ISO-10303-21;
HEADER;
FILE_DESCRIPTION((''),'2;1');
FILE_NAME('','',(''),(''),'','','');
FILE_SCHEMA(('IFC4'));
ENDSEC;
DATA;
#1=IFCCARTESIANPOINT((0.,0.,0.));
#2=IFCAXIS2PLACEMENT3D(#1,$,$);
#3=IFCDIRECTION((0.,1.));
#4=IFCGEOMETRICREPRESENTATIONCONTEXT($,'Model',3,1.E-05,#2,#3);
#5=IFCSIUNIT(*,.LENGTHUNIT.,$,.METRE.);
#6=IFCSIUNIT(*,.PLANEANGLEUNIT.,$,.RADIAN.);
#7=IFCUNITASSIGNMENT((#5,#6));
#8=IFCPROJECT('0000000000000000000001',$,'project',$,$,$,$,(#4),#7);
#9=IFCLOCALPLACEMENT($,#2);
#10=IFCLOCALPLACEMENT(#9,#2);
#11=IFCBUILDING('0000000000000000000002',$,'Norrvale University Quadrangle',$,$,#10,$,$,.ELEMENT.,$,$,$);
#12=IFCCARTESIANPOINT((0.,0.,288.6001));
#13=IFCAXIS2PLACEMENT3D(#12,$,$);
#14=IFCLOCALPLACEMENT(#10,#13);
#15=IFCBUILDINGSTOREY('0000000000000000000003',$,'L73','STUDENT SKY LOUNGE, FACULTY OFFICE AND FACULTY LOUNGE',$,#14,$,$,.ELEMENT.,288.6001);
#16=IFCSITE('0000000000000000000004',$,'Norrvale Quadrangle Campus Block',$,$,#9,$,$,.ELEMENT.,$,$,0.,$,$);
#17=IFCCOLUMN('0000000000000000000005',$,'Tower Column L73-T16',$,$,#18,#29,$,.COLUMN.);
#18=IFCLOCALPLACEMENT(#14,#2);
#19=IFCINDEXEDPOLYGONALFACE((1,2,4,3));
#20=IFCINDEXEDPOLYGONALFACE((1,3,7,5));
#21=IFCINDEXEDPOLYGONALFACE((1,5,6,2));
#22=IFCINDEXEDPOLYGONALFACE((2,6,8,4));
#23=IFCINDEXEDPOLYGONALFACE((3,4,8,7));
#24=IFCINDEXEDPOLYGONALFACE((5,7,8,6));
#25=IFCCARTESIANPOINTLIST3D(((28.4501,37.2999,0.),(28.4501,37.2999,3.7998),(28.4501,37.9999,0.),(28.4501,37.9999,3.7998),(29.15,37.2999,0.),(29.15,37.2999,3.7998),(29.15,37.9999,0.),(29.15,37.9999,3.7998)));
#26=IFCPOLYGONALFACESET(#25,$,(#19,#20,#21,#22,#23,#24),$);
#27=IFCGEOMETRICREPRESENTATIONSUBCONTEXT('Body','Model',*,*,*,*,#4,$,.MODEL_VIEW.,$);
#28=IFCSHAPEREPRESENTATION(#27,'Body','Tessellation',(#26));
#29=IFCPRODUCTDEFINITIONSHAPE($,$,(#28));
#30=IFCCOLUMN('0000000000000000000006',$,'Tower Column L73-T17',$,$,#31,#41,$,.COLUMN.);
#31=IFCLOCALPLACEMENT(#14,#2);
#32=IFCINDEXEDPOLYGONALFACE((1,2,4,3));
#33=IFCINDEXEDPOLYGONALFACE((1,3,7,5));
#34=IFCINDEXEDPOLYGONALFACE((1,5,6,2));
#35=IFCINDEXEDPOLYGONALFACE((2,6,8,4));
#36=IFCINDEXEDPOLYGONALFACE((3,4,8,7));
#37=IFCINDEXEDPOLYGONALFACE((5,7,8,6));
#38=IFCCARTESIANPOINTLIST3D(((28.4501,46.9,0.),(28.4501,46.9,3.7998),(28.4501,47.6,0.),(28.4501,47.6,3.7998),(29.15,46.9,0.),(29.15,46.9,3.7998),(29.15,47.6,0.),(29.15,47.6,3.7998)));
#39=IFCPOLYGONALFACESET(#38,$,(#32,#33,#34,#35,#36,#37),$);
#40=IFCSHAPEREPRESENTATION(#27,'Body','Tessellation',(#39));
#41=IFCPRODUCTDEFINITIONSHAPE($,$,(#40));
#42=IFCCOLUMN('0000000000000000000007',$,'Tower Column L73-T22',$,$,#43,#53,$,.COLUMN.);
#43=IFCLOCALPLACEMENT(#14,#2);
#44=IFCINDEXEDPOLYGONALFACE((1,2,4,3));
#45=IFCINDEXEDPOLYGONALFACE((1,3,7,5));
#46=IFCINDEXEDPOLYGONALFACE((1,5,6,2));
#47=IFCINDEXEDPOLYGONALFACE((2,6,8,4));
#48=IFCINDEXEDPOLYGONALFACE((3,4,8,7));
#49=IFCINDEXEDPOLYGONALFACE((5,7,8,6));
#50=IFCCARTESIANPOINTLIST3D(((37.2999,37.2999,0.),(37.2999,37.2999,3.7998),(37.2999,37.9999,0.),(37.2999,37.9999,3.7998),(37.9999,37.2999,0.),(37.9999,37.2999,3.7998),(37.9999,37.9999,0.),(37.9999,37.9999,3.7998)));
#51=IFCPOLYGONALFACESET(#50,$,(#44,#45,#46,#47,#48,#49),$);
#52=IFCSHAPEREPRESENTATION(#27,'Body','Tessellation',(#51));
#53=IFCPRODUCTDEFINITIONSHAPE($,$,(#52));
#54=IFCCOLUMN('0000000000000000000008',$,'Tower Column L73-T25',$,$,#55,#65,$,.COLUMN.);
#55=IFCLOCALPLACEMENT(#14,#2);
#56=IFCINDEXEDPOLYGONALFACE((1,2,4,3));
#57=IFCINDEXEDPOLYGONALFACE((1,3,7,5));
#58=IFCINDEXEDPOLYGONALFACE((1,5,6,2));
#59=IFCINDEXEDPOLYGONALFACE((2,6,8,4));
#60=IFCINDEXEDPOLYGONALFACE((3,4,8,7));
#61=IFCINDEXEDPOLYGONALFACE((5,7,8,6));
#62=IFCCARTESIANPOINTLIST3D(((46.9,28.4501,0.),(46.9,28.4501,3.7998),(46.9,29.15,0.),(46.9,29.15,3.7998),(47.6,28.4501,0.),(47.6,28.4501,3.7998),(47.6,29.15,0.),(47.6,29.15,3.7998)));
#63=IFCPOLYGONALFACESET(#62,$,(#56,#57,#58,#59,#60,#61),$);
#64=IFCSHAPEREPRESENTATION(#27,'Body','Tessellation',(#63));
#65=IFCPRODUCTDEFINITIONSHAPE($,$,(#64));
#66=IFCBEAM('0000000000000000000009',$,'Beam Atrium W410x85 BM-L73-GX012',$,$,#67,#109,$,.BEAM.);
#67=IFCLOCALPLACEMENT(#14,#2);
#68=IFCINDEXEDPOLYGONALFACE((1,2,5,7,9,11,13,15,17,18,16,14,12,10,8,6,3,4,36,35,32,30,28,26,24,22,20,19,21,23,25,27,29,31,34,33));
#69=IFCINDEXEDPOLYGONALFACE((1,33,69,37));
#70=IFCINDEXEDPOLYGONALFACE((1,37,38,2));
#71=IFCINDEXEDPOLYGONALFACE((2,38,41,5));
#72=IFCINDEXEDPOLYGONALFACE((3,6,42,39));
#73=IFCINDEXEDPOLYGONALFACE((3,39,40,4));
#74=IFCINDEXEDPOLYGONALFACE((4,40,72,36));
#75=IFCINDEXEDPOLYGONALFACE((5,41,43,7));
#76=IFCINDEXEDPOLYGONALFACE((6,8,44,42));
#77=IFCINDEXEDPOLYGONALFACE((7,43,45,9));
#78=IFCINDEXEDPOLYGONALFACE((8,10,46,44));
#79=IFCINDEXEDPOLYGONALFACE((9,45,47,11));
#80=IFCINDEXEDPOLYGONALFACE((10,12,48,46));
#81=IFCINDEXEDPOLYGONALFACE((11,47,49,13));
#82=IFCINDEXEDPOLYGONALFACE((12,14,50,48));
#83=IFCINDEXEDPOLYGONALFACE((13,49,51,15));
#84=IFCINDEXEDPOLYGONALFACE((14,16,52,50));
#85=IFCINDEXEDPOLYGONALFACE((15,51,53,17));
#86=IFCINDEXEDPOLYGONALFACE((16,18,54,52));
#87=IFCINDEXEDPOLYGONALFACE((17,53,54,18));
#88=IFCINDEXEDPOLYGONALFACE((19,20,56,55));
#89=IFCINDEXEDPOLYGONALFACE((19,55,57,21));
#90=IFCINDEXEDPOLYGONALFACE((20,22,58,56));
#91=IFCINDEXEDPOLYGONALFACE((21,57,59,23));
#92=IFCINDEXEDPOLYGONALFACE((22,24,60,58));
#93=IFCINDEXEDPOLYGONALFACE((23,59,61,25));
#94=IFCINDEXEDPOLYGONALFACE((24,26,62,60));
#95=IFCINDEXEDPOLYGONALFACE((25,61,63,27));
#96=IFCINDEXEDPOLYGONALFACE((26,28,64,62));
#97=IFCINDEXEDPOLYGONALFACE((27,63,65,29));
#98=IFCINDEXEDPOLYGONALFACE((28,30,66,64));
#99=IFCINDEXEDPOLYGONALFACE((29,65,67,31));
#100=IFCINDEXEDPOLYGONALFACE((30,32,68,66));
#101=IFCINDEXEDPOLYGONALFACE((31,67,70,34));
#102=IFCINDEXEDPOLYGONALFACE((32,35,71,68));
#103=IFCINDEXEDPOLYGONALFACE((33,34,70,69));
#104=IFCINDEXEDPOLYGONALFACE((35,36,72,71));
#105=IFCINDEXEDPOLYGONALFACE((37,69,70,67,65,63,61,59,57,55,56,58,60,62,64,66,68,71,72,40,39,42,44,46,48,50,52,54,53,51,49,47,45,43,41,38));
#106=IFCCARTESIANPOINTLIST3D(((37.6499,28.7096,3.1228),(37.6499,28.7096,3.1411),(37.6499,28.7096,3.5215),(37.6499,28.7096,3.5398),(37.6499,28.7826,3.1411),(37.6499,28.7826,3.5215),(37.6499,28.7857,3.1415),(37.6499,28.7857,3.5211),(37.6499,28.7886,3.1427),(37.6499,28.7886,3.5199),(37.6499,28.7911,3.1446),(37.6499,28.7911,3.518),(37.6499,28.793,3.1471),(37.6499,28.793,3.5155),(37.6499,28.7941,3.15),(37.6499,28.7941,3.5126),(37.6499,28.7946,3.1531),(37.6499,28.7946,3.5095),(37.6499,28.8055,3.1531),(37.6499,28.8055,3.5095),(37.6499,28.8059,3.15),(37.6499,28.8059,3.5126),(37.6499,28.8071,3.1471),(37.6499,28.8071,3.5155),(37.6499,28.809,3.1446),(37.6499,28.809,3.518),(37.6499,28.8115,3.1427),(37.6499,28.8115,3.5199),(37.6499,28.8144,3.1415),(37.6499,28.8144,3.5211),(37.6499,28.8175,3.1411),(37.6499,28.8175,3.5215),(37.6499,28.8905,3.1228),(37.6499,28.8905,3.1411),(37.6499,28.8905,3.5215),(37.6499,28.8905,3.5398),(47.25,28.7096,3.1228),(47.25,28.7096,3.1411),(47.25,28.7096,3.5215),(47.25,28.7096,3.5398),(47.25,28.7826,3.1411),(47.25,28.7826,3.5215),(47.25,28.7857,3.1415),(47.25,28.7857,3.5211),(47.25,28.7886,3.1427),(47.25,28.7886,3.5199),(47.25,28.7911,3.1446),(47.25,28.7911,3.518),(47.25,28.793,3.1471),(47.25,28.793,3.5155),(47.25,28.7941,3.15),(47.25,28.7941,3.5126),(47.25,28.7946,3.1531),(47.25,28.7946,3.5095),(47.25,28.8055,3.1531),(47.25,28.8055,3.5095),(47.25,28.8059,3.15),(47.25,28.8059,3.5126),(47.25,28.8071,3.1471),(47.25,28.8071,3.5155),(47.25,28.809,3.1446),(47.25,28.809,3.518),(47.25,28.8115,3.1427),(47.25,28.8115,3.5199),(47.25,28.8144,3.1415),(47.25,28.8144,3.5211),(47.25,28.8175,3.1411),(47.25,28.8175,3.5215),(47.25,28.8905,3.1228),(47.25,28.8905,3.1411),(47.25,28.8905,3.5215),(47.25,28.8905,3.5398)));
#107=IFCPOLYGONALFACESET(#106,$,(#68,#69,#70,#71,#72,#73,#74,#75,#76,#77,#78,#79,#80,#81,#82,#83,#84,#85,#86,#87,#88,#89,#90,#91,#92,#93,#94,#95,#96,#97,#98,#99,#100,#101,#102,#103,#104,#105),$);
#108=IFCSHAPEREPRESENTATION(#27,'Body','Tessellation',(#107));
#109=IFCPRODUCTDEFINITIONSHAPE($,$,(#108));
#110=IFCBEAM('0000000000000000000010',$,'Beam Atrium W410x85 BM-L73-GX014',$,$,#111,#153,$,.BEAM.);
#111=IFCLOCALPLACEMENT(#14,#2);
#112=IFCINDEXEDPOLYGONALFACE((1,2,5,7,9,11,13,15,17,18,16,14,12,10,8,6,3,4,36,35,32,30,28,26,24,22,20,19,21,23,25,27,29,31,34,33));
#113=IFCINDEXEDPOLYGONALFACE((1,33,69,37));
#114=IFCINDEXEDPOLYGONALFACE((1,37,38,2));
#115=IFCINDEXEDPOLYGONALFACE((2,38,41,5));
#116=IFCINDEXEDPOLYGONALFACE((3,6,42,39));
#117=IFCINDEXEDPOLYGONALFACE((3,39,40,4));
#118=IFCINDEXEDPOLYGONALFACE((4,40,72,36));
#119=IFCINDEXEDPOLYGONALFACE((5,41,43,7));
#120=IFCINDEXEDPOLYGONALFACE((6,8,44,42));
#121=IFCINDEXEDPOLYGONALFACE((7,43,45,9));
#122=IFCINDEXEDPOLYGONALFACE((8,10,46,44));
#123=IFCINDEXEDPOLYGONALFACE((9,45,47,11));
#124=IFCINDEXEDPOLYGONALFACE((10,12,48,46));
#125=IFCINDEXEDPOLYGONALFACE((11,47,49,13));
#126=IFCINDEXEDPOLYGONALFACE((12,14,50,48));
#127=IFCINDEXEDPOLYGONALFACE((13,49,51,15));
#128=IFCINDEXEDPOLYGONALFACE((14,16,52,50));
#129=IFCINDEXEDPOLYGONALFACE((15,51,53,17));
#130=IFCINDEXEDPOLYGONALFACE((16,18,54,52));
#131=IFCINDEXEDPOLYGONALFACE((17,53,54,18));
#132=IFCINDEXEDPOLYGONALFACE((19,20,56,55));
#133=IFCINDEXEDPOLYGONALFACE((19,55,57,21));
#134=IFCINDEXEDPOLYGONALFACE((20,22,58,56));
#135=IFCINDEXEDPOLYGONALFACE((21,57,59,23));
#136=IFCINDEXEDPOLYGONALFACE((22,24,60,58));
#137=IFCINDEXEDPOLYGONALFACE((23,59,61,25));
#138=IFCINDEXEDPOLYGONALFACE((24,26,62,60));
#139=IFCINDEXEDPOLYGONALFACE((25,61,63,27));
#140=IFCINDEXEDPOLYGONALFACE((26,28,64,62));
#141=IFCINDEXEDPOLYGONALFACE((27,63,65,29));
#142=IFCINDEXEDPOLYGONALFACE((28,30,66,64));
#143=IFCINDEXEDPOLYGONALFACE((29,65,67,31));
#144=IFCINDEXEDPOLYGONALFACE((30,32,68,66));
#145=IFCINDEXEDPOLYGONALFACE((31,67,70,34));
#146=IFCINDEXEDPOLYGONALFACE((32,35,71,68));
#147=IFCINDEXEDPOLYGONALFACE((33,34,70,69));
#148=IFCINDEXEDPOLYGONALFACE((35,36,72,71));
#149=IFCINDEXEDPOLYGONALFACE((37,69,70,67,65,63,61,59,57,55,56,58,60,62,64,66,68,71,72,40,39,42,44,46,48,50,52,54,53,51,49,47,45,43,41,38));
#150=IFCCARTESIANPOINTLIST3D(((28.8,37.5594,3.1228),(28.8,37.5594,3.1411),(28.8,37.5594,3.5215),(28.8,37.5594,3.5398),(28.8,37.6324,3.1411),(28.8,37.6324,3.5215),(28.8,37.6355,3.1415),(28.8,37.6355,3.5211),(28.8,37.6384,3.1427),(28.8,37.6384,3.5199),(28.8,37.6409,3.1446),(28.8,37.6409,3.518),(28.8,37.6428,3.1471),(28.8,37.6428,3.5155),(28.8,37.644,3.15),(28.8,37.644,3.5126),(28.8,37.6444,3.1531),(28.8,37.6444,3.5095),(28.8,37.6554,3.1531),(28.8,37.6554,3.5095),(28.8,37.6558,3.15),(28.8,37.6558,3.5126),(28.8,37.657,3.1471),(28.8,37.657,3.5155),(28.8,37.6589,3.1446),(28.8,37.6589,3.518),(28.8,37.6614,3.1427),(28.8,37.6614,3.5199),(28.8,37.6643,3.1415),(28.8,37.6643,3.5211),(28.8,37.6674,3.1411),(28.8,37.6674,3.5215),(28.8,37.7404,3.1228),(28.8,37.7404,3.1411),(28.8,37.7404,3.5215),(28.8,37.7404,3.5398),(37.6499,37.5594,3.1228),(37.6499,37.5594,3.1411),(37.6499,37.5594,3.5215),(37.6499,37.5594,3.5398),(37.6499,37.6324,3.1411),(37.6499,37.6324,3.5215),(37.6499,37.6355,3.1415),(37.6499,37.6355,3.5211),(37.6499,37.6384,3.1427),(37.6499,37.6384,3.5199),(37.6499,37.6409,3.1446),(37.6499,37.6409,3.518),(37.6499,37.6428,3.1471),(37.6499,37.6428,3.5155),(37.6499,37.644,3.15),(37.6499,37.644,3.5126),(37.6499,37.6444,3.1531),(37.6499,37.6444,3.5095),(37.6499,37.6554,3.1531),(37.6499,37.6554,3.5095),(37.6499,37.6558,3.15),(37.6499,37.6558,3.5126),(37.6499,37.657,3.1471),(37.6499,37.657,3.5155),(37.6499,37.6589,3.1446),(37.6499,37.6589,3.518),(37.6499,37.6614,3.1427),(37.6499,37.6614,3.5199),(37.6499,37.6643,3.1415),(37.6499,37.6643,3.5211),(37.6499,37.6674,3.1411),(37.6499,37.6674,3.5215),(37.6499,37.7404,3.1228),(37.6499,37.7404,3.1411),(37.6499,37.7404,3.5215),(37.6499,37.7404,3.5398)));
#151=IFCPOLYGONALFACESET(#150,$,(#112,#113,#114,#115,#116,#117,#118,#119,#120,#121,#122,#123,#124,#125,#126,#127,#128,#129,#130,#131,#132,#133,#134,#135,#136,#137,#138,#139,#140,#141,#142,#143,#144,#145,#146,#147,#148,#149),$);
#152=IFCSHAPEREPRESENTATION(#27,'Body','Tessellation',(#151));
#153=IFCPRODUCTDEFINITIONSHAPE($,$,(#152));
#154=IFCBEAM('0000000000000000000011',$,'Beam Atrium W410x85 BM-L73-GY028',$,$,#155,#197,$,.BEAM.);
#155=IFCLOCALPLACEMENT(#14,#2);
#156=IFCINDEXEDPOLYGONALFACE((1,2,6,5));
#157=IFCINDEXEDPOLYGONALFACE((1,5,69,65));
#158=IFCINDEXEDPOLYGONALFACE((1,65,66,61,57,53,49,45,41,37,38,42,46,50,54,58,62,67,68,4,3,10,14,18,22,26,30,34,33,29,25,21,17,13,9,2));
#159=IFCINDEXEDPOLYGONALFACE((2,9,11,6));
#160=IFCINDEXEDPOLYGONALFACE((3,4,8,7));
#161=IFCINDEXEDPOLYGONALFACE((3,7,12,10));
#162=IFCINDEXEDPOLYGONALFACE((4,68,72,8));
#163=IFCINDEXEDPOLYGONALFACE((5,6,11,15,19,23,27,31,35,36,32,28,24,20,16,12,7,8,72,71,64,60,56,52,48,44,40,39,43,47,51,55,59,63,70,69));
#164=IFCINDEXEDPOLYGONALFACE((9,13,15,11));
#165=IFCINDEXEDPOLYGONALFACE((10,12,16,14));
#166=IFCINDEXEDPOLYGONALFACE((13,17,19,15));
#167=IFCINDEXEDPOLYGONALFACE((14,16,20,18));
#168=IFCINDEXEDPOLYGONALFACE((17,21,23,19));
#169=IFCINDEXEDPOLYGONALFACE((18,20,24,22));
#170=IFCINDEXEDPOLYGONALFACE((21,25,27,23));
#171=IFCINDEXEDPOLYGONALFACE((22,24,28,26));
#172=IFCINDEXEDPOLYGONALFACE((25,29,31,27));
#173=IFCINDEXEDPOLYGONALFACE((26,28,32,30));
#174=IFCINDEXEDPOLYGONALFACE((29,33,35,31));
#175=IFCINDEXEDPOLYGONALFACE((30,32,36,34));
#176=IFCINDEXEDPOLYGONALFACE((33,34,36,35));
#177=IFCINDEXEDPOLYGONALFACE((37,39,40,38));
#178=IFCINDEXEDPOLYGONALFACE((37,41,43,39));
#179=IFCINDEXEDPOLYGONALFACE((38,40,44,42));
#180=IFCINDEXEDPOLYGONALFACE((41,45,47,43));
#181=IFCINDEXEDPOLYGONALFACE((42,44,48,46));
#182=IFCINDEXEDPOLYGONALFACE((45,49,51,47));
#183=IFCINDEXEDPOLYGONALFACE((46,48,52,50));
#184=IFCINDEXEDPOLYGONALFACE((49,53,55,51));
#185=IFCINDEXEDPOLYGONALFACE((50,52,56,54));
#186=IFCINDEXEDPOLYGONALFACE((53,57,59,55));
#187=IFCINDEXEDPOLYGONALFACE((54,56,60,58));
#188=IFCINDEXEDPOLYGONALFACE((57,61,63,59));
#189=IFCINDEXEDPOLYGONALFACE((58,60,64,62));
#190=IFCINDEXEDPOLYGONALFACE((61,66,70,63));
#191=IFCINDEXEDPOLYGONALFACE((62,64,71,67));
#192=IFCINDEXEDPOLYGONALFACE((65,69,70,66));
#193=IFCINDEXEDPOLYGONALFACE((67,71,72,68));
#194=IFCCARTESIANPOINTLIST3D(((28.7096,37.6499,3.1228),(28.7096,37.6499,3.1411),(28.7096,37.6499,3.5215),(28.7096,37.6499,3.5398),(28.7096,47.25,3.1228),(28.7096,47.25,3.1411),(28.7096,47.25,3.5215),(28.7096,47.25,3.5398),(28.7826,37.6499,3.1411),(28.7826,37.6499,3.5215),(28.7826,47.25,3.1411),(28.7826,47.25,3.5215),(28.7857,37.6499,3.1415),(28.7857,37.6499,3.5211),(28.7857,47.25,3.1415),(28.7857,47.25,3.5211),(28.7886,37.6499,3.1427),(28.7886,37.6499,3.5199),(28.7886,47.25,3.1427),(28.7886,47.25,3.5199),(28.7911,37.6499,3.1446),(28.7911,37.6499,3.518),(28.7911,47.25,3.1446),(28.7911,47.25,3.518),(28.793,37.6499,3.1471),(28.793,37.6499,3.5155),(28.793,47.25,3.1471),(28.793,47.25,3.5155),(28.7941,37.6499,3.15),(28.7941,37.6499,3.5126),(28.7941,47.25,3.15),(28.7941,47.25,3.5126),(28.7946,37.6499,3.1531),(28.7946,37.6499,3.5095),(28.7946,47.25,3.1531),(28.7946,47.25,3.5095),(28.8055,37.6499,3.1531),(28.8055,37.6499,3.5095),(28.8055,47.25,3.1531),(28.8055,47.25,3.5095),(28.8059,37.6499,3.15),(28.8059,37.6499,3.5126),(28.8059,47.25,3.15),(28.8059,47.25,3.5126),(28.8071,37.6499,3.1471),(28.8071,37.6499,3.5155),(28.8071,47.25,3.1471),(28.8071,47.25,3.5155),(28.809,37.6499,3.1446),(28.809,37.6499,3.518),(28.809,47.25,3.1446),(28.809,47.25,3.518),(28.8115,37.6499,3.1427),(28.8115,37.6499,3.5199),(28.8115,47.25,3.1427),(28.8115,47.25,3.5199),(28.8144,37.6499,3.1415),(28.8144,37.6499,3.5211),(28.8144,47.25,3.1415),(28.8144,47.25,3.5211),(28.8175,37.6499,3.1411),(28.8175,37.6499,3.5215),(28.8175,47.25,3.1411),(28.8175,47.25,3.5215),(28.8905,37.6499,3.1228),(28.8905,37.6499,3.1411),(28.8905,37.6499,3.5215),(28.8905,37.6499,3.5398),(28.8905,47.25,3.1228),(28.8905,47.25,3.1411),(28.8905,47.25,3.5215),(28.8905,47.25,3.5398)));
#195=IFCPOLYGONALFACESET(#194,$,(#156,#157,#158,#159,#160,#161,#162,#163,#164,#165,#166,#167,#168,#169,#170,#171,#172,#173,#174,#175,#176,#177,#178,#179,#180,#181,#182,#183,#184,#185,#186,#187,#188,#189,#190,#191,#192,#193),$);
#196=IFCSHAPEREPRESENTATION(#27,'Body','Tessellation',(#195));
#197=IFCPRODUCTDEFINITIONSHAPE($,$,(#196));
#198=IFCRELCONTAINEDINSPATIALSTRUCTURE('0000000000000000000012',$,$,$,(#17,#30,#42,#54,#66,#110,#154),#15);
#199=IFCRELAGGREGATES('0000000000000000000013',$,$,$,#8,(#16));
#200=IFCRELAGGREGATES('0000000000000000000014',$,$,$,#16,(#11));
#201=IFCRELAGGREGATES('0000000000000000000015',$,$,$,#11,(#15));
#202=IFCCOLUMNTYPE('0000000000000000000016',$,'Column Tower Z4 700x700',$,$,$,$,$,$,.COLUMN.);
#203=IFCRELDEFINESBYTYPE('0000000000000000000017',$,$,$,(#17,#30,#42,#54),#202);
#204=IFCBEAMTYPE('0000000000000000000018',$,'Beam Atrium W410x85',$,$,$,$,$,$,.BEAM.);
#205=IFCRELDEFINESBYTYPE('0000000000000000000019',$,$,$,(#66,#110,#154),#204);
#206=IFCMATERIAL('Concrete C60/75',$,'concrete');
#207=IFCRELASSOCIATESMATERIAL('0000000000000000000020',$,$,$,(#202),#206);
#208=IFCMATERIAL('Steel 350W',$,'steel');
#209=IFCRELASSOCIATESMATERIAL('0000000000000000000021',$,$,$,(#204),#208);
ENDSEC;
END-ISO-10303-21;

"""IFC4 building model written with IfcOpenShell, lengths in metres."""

from ifc_helpers import new_model, si_unit, direction, frame, origin, origin_2d, place, context, subcontext, project, spatial, rectangle, i_section, extrude, material, material_profile, profile_set, type_object, element, save


model = new_model("IFC4")

# Units and contexts
model_context = context("Model", 3, precision=1e-05, world=origin(), true_north=direction((0.0, 1.0)))
body_context = subcontext(model_context, "Body", "Model", "MODEL_VIEW")
ifc_project = project(units=[si_unit("LENGTHUNIT", "METRE"), si_unit("PLANEANGLEUNIT", "RADIAN")], contexts=[model_context])

# Site, building, storey
site_placement = place(None, origin())
site = spatial("IfcSite", under=ifc_project, at=site_placement, Name="Norrvale Quadrangle Campus Block", CompositionType="ELEMENT", RefElevation=0.0)
building_placement = place(site_placement, origin())
building = spatial("IfcBuilding", under=site, at=building_placement, Name="Norrvale University Quadrangle", CompositionType="ELEMENT")
storey_placement = place(building_placement, frame((0.0, 0.0, 288.6001)))
storey = spatial("IfcBuildingStorey", under=building, at=storey_placement, Name="L73", Description="STUDENT SKY LOUNGE, FACULTY OFFICE AND FACULTY LOUNGE", CompositionType="ELEMENT", Elevation=288.6001)

# Columns
ifc_material_1 = material(Name="Concrete C60/75", Category="concrete")
ifc_material_profile_1 = material_profile(ifc_material_1, rectangle(XDim=0.7, YDim=0.7, at=origin_2d()), Name="Concrete C60/75")
ifc_profile_set_1 = profile_set([ifc_material_profile_1], Name="Concrete C60/75")
column_type = type_object("IfcColumnType", Name="Column Tower Z4 700x700", PredefinedType="COLUMN", material=ifc_profile_set_1)
for number, where, z_axis, x_axis, name in (
    (1, (28.8, 37.6499, 0.0), (0.0, 0.0, 1.0), (1.0, 0.0, 0.0), "Tower Column L73-T16"),
    (2, (28.8, 47.25, 0.0), (0.0, 0.0, 1.0), (1.0, 0.0, 0.0), "Tower Column L73-T17"),
    (3, (37.6499, 37.6499, 0.0), (0.0, 0.0, 1.0), (1.0, 0.0, 0.0), "Tower Column L73-T22"),
    (4, (47.25, 28.8, 0.0), (0.0, 0.0, 1.0), (1.0, 0.0, 0.0), "Tower Column L73-T25"),
):
    element("IfcColumn", number, at=place(storey_placement, frame(where, z_axis=z_axis, x_axis=x_axis)), inside=storey, type_object=column_type, Name=name, PredefinedType="COLUMN", context=body_context, shape_type="SweptSolid", body=[
        extrude(rectangle(XDim=0.7, YDim=0.7, at=origin_2d()), origin(), (0.0, 0.0, 1.0), 3.7998),
    ])

# Beams
ifc_material_2 = material(Name="Steel 350W", Category="steel")
ifc_material_profile_2 = material_profile(ifc_material_2, i_section(OverallWidth=0.1809, OverallDepth=0.417, WebThickness=0.011, FlangeThickness=0.0183, FilletRadius=0.012, at=origin_2d()), Name="Steel 350W")
ifc_profile_set_2 = profile_set([ifc_material_profile_2], Name="Steel 350W")
beam_type_1 = type_object("IfcBeamType", Name="Beam Atrium W410x85", PredefinedType="BEAM", material=ifc_profile_set_2)
beam_1_placement = place(storey_placement, frame((37.6499, 28.8, 3.3313), z_axis=(1.0, 0.0, 0.0), x_axis=(0.0, 1.0, 0.0)))
element("IfcBeam", 5, at=beam_1_placement, inside=storey, type_object=beam_type_1, Name="Beam Atrium W410x85 BM-L73-GX012", PredefinedType="BEAM", context=body_context, shape_type="SweptSolid", body=[
    extrude(i_section(OverallWidth=0.1809, OverallDepth=0.417, WebThickness=0.011, FlangeThickness=0.0183, FilletRadius=0.012, at=origin_2d()), origin(), (0.0, 0.0, 1.0), 9.6001),
])
beam_2_placement = place(storey_placement, frame((28.8, 37.6499, 3.3313), z_axis=(1.0, 0.0, 0.0), x_axis=(0.0, 1.0, 0.0)))
element("IfcBeam", 6, at=beam_2_placement, inside=storey, type_object=beam_type_1, Name="Beam Atrium W410x85 BM-L73-GX014", PredefinedType="BEAM", context=body_context, shape_type="SweptSolid", body=[
    extrude(i_section(OverallWidth=0.1809, OverallDepth=0.417, WebThickness=0.011, FlangeThickness=0.0183, FilletRadius=0.012, at=origin_2d()), origin(), (0.0, 0.0, 1.0), 8.8499),
])
beam_3_placement = place(storey_placement, frame((28.8, 37.6499, 3.3313), z_axis=(0.0, 1.0, 0.0), x_axis=(-1.0, 0.0, 0.0)))
element("IfcBeam", 7, at=beam_3_placement, inside=storey, type_object=beam_type_1, Name="Beam Atrium W410x85 BM-L73-GY028", PredefinedType="BEAM", context=body_context, shape_type="SweptSolid", body=[
    extrude(i_section(OverallWidth=0.1809, OverallDepth=0.417, WebThickness=0.011, FlangeThickness=0.0183, FilletRadius=0.012, at=origin_2d()), origin(), (0.0, 0.0, 1.0), 9.6001),
])

save(model, "model.ifc")
